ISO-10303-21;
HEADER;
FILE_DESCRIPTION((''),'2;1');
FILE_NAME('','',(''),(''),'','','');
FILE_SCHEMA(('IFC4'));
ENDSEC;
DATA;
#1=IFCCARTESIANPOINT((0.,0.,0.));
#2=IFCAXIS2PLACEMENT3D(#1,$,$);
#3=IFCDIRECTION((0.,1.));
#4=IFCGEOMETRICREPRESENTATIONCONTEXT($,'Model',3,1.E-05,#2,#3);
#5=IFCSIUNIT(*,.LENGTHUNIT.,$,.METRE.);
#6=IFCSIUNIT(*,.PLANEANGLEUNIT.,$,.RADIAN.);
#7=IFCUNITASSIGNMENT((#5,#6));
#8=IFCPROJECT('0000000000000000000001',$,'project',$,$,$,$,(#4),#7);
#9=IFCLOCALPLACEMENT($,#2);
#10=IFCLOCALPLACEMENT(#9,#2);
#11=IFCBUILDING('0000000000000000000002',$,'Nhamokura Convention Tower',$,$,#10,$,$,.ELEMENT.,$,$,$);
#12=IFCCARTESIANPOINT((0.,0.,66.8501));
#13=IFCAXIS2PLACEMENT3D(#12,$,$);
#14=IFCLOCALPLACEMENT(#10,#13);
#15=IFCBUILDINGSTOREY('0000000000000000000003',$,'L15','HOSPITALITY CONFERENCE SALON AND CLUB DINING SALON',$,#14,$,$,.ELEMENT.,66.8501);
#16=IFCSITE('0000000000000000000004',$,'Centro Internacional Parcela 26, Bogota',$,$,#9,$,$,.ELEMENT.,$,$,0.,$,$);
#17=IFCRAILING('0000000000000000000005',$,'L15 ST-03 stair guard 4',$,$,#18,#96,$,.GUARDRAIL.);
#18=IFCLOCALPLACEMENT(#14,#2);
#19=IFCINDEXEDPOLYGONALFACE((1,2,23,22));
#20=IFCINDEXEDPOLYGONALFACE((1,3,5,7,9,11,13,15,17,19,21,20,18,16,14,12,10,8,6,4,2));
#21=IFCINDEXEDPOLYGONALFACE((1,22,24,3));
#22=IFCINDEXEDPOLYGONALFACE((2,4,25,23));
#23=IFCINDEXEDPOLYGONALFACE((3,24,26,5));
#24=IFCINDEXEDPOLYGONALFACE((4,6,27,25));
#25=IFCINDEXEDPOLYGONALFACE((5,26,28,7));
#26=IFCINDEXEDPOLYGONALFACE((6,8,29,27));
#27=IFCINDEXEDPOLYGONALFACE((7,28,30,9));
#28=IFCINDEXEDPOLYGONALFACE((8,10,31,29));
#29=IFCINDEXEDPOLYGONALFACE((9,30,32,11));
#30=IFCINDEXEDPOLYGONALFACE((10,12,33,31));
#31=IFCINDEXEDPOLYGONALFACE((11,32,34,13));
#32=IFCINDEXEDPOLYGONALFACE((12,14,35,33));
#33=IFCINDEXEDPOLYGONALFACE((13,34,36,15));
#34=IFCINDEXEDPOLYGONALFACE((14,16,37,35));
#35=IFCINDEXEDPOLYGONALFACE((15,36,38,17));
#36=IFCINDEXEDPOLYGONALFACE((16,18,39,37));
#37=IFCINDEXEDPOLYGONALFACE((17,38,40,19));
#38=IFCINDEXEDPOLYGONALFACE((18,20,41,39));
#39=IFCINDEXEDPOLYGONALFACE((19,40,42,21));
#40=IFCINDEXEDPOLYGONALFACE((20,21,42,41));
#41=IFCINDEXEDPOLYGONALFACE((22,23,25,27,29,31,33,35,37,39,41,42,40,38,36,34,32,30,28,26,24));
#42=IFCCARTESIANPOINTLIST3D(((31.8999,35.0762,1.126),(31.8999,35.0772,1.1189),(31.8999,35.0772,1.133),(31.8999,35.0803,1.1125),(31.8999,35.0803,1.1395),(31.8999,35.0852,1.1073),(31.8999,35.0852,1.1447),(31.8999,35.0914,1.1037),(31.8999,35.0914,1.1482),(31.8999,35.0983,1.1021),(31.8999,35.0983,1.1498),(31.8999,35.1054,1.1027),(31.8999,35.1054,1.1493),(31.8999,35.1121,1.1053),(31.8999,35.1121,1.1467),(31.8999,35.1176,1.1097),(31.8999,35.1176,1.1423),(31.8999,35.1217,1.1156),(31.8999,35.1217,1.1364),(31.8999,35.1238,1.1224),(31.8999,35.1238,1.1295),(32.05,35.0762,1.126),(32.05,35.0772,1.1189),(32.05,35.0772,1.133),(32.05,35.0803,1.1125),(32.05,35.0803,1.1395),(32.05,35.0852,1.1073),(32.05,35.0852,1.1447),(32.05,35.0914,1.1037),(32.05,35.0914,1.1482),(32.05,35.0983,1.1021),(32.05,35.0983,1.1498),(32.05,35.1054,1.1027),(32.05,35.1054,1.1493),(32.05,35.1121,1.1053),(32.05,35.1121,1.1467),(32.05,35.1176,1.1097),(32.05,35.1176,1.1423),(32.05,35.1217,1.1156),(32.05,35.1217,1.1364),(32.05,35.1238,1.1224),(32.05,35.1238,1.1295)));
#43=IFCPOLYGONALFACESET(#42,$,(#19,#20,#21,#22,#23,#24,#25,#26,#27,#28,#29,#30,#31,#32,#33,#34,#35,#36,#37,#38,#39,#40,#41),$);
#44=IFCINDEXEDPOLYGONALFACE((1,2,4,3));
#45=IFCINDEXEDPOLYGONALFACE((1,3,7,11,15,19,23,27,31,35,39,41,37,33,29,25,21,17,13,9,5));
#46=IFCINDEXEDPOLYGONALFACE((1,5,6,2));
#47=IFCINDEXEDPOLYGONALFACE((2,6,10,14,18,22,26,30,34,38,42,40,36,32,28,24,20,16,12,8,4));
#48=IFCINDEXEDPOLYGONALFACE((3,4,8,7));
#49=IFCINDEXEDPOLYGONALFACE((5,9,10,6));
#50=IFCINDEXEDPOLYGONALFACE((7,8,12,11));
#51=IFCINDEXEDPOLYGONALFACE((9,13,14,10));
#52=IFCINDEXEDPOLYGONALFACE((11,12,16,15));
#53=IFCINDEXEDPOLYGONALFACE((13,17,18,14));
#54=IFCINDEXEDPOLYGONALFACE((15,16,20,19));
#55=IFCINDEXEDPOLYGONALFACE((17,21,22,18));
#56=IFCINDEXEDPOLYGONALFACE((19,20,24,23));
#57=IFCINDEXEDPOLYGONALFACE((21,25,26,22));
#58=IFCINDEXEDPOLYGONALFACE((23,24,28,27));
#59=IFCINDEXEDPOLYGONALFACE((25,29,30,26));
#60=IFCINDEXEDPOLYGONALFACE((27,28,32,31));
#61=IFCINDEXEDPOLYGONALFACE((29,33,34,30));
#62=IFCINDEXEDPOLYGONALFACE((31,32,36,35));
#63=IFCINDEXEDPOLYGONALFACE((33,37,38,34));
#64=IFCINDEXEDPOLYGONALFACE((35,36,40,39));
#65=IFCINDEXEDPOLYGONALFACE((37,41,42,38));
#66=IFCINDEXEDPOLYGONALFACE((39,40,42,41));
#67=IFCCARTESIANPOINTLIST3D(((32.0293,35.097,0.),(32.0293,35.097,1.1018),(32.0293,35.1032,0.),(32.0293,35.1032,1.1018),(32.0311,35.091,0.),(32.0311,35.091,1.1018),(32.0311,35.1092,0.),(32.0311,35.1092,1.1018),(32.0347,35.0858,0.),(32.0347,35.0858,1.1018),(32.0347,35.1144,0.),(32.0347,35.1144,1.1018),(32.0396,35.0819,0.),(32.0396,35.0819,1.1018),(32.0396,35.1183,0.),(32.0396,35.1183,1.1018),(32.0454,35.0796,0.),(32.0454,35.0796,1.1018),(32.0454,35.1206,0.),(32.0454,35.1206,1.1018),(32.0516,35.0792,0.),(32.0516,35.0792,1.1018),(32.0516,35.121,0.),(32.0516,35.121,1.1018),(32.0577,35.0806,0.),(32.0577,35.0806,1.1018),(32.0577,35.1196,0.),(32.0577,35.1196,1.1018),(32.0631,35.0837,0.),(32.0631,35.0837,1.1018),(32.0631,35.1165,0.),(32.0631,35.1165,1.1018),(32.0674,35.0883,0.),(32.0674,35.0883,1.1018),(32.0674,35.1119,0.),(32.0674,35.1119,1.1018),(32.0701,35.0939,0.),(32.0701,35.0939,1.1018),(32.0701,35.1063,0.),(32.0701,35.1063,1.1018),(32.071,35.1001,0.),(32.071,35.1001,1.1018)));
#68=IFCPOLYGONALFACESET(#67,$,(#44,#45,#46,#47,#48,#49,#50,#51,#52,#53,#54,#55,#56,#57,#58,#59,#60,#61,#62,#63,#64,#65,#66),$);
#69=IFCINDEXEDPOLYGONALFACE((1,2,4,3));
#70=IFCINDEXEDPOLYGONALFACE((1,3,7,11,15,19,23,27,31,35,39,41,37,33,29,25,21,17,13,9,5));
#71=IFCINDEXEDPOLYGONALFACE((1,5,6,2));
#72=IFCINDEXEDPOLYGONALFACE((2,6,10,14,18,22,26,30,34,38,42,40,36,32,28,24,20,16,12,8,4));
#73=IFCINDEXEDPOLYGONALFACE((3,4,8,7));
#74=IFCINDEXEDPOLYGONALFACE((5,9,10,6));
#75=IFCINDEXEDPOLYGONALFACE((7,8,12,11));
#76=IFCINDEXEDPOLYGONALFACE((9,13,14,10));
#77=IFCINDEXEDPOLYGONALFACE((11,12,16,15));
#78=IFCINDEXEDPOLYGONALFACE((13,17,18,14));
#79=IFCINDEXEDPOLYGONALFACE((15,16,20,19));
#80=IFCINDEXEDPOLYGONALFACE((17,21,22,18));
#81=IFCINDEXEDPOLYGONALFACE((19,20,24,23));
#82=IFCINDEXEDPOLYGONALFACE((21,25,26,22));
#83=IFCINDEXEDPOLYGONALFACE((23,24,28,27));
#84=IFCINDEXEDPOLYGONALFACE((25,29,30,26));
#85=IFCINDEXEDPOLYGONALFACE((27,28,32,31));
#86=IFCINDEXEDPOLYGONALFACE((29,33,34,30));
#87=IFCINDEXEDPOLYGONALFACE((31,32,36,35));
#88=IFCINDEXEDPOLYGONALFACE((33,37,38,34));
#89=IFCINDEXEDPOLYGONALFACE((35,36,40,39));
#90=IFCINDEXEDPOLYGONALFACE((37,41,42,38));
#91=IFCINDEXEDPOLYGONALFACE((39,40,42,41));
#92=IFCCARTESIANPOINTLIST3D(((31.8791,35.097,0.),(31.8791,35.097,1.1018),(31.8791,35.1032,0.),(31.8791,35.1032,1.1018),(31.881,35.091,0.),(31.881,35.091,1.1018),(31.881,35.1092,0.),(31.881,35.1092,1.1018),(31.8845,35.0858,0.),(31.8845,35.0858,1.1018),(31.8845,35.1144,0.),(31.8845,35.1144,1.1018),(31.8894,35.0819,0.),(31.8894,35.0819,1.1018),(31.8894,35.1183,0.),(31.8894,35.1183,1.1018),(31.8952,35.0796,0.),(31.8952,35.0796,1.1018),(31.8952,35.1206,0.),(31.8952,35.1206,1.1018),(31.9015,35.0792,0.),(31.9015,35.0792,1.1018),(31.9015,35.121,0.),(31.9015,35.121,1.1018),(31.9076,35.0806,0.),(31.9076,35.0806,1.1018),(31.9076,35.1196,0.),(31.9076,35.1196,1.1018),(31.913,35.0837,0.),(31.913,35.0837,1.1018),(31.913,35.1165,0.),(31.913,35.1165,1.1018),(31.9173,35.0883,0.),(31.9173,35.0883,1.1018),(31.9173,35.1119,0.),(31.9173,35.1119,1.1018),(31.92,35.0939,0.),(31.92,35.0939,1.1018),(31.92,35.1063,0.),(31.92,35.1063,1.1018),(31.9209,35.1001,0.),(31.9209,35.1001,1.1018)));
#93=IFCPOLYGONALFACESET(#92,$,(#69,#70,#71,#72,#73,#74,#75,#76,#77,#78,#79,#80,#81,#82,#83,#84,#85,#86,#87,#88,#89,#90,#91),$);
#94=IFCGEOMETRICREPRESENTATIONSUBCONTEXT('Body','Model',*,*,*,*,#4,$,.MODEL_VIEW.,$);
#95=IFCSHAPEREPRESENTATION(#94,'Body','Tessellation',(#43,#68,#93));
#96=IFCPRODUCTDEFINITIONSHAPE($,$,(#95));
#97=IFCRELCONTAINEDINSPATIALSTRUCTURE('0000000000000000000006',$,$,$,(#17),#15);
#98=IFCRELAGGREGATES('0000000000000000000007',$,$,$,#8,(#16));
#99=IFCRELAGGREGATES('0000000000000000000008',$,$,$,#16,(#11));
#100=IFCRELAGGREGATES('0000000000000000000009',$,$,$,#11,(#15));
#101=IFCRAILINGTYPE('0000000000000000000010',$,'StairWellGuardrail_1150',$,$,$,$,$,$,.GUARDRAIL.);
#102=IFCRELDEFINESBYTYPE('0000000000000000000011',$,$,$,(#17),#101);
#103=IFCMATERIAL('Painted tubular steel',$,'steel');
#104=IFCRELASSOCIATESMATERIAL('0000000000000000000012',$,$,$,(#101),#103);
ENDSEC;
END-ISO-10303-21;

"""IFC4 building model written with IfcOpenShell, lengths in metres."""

from ifc_helpers import new_model, si_unit, direction, frame, origin, origin_2d, place, context, subcontext, project, spatial, circle, extrude, material, type_object, element, save


model = new_model("IFC4")

# Units and contexts
model_context = context("Model", 3, precision=1e-05, world=origin(), true_north=direction((0.0, 1.0)))
body_context = subcontext(model_context, "Body", "Model", "MODEL_VIEW")
ifc_project = project(units=[si_unit("LENGTHUNIT", "METRE"), si_unit("PLANEANGLEUNIT", "RADIAN")], contexts=[model_context])

# Site, building, storey
site_placement = place(None, origin())
site = spatial("IfcSite", under=ifc_project, at=site_placement, Name="Centro Internacional Parcela 26, Bogota", CompositionType="ELEMENT", RefElevation=0.0)
building_placement = place(site_placement, origin())
building = spatial("IfcBuilding", under=site, at=building_placement, Name="Nhamokura Convention Tower", CompositionType="ELEMENT")
storey_placement = place(building_placement, frame((0.0, 0.0, 66.8501)))
storey = spatial("IfcBuildingStorey", under=building, at=storey_placement, Name="L15", Description="HOSPITALITY CONFERENCE SALON AND CLUB DINING SALON", CompositionType="ELEMENT", Elevation=66.8501)

# Railing
ifc_material_1 = material(Name="Painted tubular steel", Category="steel")
railing_type_1 = type_object("IfcRailingType", Name="StairWellGuardrail_1150", PredefinedType="GUARDRAIL", material=ifc_material_1)
railing_1_placement = place(storey_placement, frame((32.05, 35.1001, 0.0)))
element("IfcRailing", 1, at=railing_1_placement, inside=storey, type_object=railing_type_1, Name="L15 ST-03 stair guard 4", PredefinedType="GUARDRAIL", context=body_context, shape_type="SweptSolid", body=[
    extrude(circle(Radius=0.0239, at=origin_2d()), frame((0.0, 0.0, 1.126), z_axis=(-1.0, 0.0, 0.0), x_axis=(0.0, -1.0, 0.0)), (0.0, 0.0, 1.0), 0.1501),
    extrude(circle(Radius=0.021, at=origin_2d()), origin(), (0.0, 0.0, 1.0), 1.1018),
    extrude(circle(Radius=0.021, at=origin_2d()), frame((-0.1501, 0.0, 0.0)), (0.0, 0.0, 1.0), 1.1018),
])

save(model, "model.ifc")
